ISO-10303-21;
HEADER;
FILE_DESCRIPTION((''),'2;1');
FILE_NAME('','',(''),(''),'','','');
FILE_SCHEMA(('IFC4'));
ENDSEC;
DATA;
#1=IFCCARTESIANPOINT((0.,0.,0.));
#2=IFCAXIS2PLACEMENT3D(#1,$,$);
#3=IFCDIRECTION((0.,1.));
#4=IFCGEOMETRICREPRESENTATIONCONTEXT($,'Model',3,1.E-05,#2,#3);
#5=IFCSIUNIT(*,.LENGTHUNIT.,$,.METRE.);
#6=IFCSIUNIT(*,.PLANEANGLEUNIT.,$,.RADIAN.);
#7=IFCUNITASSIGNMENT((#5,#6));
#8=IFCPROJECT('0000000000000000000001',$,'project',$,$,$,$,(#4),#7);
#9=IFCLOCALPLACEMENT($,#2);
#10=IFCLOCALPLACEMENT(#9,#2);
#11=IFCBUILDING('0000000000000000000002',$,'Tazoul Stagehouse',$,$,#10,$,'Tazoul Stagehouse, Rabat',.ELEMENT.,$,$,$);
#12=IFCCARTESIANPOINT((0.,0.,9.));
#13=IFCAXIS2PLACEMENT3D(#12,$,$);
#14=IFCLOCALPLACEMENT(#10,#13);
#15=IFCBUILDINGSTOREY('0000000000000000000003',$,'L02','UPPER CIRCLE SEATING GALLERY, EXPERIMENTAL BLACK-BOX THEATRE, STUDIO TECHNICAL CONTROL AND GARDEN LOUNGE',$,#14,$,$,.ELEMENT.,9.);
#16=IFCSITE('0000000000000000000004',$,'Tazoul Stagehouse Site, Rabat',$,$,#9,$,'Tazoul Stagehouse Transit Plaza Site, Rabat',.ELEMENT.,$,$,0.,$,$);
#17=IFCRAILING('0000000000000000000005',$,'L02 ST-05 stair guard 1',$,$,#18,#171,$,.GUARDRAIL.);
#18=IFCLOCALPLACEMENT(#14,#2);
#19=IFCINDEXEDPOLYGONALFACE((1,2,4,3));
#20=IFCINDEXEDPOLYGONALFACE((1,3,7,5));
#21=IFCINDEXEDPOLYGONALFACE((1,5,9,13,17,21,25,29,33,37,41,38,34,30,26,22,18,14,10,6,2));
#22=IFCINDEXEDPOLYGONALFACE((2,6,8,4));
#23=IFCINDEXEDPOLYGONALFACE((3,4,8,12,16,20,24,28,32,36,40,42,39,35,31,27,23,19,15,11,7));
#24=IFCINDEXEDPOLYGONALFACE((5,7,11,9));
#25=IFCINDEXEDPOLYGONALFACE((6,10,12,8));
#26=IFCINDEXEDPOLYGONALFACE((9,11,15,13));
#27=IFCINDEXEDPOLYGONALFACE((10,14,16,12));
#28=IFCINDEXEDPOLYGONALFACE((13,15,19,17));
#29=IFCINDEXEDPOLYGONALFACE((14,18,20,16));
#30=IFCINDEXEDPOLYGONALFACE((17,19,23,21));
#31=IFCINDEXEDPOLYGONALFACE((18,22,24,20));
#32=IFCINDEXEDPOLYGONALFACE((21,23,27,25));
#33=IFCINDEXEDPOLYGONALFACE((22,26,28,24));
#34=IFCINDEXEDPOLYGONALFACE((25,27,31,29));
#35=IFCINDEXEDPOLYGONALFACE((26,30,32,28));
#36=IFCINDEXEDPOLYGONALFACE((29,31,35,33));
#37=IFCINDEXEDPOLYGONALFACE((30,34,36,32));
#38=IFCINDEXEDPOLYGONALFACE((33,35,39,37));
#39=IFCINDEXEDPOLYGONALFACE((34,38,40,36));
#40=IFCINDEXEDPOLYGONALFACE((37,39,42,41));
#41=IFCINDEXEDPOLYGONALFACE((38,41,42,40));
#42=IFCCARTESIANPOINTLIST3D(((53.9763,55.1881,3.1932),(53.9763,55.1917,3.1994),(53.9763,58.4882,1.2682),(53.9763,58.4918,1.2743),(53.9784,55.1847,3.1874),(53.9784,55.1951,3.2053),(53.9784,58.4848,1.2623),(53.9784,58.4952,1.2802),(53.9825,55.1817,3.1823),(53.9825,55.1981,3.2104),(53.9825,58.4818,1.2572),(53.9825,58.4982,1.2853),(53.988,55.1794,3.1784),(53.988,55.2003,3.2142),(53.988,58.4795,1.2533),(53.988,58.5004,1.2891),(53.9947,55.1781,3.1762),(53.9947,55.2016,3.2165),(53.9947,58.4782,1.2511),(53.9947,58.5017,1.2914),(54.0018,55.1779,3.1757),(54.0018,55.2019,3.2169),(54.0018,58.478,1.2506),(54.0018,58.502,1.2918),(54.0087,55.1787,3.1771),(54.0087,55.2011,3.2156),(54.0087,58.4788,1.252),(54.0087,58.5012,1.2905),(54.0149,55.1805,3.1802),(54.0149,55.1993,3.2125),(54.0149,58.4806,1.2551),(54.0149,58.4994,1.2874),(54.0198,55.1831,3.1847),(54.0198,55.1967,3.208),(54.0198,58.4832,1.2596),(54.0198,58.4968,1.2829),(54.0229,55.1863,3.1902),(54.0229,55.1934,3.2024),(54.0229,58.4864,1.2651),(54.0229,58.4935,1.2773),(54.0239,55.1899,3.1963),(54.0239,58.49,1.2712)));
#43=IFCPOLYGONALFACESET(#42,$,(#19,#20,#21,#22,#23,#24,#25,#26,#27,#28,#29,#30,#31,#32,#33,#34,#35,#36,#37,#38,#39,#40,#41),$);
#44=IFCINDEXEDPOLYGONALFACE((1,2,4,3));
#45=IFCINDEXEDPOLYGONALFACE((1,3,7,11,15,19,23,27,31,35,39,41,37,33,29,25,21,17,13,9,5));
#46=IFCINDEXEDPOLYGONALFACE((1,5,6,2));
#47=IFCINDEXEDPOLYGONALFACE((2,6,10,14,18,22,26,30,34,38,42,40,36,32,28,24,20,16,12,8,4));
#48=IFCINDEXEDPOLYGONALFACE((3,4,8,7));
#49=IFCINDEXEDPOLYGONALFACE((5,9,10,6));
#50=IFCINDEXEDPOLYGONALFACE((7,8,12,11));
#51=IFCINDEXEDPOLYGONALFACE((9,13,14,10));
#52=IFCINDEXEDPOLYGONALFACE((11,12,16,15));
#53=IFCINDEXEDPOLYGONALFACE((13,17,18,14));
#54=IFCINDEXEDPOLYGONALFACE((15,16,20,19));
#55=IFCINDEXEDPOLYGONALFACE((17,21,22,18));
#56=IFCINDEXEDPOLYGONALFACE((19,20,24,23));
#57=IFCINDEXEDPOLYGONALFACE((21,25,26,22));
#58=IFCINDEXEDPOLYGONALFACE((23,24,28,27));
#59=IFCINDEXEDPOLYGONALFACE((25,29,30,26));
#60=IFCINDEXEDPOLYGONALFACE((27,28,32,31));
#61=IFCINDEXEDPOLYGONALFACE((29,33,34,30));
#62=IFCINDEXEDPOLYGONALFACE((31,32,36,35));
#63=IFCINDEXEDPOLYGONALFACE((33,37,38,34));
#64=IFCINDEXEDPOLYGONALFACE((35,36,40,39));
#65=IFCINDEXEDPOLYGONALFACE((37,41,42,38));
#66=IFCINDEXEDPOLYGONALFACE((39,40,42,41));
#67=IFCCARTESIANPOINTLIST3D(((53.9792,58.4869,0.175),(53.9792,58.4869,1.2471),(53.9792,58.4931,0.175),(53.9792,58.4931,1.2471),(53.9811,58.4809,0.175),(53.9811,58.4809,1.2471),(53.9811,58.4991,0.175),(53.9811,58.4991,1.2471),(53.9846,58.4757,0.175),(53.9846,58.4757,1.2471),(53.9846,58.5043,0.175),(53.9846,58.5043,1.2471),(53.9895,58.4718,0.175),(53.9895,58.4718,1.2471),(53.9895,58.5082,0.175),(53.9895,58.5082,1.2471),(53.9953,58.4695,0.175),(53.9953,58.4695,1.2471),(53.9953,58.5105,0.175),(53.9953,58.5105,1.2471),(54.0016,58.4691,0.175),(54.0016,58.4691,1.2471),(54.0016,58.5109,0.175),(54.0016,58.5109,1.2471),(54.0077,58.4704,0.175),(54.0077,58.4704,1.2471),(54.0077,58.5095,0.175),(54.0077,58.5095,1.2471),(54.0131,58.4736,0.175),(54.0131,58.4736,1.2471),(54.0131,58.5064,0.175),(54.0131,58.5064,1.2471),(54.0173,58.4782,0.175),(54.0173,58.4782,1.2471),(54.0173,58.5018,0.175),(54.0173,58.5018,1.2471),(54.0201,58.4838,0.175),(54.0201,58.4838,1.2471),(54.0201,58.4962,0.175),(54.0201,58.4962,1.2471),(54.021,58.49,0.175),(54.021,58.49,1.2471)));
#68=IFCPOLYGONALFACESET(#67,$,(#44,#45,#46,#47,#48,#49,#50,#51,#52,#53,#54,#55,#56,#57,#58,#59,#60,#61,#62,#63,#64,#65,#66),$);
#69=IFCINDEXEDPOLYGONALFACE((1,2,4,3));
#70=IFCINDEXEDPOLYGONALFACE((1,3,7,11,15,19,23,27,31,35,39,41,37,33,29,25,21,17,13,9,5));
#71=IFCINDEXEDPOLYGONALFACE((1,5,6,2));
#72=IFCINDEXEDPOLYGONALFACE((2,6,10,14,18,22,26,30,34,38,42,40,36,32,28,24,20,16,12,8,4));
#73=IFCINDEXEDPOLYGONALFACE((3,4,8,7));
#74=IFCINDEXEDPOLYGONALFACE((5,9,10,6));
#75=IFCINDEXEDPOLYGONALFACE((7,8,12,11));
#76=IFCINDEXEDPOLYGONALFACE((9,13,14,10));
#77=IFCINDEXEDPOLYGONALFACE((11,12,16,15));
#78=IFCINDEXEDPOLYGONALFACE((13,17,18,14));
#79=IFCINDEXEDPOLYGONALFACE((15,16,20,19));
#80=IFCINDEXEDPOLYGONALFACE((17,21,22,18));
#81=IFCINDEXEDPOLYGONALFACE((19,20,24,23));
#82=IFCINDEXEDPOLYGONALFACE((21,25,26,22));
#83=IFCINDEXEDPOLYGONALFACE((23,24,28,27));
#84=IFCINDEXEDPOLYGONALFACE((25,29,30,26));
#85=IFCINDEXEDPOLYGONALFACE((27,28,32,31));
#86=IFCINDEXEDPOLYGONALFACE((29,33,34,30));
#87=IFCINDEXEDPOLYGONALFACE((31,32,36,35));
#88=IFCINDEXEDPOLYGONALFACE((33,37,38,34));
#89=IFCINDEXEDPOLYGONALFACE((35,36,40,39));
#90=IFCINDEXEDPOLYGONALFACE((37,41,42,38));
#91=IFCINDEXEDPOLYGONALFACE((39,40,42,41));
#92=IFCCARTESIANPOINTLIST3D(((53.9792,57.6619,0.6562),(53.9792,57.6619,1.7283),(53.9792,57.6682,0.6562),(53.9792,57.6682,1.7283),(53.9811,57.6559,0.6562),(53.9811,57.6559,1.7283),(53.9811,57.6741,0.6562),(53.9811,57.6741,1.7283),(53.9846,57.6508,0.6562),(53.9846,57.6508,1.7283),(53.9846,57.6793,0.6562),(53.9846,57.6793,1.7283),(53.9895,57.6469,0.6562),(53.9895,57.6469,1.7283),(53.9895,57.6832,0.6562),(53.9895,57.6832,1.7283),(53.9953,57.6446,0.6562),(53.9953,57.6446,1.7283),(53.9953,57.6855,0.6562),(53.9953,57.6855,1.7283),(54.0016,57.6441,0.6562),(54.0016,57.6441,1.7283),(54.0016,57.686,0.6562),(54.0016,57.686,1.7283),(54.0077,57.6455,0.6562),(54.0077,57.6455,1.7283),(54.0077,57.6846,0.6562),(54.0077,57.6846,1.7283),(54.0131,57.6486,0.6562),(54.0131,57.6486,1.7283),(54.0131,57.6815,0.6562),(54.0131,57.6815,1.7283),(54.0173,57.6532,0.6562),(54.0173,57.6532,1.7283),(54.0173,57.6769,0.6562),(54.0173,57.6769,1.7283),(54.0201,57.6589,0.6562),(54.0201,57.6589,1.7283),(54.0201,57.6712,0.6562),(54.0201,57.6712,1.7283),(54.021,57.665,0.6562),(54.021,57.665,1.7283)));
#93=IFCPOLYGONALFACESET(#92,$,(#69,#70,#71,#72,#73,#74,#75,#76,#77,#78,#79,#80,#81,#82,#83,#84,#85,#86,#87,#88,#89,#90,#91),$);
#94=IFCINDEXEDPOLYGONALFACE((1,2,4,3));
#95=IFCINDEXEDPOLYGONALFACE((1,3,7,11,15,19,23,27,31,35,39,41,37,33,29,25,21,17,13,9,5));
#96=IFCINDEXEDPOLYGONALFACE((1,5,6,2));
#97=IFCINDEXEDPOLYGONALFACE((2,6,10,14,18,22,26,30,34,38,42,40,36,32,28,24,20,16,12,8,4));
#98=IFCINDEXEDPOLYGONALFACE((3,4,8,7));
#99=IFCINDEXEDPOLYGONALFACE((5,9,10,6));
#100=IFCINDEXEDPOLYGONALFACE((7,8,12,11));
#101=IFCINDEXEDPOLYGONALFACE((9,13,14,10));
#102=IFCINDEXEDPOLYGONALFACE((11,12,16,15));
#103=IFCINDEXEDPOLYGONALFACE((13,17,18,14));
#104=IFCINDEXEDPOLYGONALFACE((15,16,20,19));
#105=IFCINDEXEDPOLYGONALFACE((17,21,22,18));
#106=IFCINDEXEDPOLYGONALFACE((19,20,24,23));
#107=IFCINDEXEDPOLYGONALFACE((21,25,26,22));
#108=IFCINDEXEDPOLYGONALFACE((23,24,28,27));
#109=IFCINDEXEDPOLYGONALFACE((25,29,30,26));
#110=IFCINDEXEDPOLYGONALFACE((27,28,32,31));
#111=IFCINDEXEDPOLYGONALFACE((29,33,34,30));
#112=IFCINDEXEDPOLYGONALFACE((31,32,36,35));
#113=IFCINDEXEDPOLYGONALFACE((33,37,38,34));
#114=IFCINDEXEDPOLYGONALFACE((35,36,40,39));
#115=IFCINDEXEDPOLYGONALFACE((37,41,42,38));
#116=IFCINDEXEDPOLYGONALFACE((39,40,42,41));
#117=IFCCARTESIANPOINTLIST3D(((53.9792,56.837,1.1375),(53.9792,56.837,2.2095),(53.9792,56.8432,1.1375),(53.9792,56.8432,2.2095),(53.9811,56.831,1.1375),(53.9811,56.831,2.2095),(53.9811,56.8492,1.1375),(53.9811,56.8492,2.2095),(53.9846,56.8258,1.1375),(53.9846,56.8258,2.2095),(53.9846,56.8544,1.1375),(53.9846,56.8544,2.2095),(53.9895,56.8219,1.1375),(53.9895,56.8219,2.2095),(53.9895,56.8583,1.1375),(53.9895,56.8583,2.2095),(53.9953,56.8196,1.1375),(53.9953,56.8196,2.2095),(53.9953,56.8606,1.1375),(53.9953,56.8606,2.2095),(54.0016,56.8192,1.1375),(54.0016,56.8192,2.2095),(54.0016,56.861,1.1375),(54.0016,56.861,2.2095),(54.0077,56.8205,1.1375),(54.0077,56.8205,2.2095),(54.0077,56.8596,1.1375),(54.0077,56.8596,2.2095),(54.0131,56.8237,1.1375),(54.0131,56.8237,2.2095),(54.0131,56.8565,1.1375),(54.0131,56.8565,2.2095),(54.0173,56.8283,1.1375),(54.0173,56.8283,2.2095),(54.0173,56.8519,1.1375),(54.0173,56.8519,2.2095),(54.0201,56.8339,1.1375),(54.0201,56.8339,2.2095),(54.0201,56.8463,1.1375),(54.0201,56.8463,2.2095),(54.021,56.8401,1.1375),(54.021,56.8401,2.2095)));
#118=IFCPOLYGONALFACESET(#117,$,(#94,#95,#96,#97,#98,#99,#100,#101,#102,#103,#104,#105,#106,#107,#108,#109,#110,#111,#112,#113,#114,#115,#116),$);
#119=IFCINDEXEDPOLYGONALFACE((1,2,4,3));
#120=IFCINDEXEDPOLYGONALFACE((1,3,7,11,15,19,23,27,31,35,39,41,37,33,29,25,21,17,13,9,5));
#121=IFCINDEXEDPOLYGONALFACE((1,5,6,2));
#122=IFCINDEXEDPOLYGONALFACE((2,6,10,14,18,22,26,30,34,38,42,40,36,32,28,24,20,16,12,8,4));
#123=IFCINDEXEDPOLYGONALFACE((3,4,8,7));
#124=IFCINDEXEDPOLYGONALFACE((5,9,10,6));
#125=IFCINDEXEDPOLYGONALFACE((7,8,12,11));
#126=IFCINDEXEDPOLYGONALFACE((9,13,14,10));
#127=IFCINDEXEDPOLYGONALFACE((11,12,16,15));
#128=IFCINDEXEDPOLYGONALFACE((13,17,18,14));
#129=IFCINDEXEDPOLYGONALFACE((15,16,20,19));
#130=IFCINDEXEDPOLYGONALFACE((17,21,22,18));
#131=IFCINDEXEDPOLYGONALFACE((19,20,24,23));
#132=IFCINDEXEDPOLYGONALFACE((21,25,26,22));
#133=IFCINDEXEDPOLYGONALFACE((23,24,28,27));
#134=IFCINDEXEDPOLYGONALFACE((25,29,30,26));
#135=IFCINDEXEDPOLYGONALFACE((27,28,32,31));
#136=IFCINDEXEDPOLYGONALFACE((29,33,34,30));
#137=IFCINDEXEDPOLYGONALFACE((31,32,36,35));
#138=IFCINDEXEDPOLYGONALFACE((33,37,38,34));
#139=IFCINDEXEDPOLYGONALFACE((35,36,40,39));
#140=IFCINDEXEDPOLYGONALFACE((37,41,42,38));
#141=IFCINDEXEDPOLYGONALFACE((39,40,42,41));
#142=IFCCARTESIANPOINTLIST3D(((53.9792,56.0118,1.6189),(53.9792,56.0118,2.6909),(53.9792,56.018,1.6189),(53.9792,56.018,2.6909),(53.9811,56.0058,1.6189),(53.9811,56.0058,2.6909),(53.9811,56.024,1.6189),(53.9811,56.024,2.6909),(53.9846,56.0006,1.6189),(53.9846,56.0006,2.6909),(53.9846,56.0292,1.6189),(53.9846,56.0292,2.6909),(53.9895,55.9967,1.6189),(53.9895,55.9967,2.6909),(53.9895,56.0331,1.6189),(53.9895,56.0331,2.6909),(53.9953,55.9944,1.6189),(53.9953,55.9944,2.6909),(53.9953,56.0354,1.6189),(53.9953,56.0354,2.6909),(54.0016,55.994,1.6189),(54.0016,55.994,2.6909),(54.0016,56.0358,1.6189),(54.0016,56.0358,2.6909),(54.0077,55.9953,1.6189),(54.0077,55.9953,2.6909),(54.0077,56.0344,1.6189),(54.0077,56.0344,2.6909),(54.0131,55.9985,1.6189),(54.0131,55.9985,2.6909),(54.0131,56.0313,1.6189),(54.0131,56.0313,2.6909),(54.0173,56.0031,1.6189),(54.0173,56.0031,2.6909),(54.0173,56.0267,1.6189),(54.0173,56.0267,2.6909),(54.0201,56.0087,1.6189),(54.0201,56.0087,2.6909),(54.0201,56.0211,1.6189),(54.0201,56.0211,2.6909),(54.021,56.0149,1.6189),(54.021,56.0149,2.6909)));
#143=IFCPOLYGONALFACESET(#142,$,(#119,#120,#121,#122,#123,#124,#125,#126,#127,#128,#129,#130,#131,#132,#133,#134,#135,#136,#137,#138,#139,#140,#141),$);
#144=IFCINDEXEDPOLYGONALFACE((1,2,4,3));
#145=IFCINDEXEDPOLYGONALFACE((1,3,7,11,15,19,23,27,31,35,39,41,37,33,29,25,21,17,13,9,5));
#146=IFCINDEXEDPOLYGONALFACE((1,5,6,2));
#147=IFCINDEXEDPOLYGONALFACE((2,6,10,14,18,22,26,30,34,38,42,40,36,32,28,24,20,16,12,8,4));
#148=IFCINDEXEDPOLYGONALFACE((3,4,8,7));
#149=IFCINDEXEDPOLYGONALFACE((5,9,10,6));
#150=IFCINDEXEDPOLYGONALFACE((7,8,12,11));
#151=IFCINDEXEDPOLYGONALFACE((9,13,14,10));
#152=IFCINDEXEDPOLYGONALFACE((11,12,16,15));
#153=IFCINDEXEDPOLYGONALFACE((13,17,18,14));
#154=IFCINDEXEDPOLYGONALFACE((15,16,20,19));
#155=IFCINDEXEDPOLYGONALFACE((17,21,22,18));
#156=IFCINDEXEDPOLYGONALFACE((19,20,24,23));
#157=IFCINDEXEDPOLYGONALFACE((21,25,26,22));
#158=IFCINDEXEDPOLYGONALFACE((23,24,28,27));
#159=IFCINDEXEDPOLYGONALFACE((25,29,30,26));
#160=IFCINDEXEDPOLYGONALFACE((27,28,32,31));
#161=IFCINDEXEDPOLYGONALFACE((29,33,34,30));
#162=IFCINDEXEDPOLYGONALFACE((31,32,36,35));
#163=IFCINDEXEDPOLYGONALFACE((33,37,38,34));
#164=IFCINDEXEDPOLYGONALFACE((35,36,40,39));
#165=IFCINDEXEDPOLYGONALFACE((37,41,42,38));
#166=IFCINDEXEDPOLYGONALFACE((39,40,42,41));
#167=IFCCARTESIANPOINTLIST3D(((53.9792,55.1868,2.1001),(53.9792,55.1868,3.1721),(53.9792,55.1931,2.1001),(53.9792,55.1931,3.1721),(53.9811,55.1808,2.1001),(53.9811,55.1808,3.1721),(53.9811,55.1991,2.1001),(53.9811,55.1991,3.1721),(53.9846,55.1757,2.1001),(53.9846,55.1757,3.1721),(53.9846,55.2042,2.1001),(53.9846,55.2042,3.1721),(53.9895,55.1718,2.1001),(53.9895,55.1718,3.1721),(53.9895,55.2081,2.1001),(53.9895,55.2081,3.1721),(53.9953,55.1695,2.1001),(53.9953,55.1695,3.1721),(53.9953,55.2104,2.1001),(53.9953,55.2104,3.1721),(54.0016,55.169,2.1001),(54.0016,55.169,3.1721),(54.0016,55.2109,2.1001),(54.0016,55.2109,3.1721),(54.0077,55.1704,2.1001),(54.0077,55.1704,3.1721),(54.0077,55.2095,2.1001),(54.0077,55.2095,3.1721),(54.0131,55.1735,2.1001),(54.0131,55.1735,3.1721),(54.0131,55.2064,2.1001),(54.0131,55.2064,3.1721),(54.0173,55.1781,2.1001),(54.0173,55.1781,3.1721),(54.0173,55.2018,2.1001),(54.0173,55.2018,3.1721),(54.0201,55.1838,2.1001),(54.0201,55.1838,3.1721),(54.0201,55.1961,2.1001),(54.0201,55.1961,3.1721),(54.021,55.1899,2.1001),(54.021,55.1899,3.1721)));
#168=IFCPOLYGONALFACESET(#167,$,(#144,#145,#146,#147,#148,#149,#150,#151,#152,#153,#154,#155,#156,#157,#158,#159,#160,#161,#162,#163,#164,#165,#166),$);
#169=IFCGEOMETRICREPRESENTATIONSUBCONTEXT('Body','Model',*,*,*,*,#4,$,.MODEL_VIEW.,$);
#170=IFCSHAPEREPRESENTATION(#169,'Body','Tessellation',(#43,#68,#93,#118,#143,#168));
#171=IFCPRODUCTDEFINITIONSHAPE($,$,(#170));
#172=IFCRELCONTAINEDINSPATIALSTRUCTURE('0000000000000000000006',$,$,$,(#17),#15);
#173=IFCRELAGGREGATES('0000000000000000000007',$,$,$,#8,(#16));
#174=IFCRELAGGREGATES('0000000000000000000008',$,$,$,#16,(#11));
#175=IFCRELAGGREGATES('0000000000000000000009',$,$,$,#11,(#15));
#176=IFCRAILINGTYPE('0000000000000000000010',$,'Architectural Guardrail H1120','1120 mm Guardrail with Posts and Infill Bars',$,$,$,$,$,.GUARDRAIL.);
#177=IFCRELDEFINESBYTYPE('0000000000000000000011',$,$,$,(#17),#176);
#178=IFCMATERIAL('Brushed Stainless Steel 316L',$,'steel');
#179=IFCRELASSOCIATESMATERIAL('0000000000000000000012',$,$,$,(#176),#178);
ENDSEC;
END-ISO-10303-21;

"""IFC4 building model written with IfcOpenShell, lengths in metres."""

from ifc_helpers import new_model, si_unit, direction, frame, origin, origin_2d, place, context, subcontext, project, spatial, circle, extrude, material, material_profile, profile_set, type_object, element, save


model = new_model("IFC4")

# Units and contexts
model_context = context("Model", 3, precision=1e-05, world=origin(), true_north=direction((0.0, 1.0)))
body_context = subcontext(model_context, "Body", "Model", "MODEL_VIEW")
ifc_project = project(units=[si_unit("LENGTHUNIT", "METRE"), si_unit("PLANEANGLEUNIT", "RADIAN")], contexts=[model_context])

# Site, building, storey
site_placement = place(None, origin())
site = spatial("IfcSite", under=ifc_project, at=site_placement, Name="Tazoul Stagehouse Site, Rabat", LongName="Tazoul Stagehouse Transit Plaza Site, Rabat", CompositionType="ELEMENT", RefElevation=0.0)
building_placement = place(site_placement, origin())
building = spatial("IfcBuilding", under=site, at=building_placement, Name="Tazoul Stagehouse", LongName="Tazoul Stagehouse, Rabat", CompositionType="ELEMENT")
storey_placement = place(building_placement, frame((0.0, 0.0, 9.0)))
storey = spatial("IfcBuildingStorey", under=building, at=storey_placement, Name="L02", Description="UPPER CIRCLE SEATING GALLERY, EXPERIMENTAL BLACK-BOX THEATRE, STUDIO TECHNICAL CONTROL AND GARDEN LOUNGE", CompositionType="ELEMENT", Elevation=9.0)

# Railing
ifc_material_1 = material(Name="Brushed Stainless Steel 316L", Category="steel")
ifc_material_profile_1 = material_profile(ifc_material_1, circle(Radius=0.0239, at=origin_2d()), Name="SS RAIL D48")
ifc_profile_set_1 = profile_set([ifc_material_profile_1], Name="Brushed Stainless Steel 316L")
railing_type_1 = type_object("IfcRailingType", Name="Architectural Guardrail H1120", Description="1120 mm Guardrail with Posts and Infill Bars", PredefinedType="GUARDRAIL", material=ifc_profile_set_1)
railing_1_placement = place(storey_placement, frame((54.0, 58.49, 0.175)))
element("IfcRailing", 1, at=railing_1_placement, inside=storey, type_object=railing_type_1, Name="L02 ST-05 stair guard 1", PredefinedType="GUARDRAIL", context=body_context, shape_type="SweptSolid", body=[
    extrude(circle(Radius=0.0239, at=origin_2d()), frame((0.0, 0.0, 1.0962), z_axis=(0.0, -0.863777, 0.503875), x_axis=(1.0, 0.0, 0.0)), (0.0, 0.0, 1.0), 3.8206),
    extrude(circle(Radius=0.021, at=origin_2d()), origin(), (0.0, 0.0, 1.0), 1.072),
    extrude(circle(Radius=0.021, at=origin_2d()), frame((0.0, -0.825, 0.4812)), (0.0, 0.0, 1.0), 1.072),
    extrude(circle(Radius=0.021, at=origin_2d()), frame((0.0, -1.6499, 0.9624)), (0.0, 0.0, 1.0), 1.072),
    extrude(circle(Radius=0.021, at=origin_2d()), frame((0.0, -2.4751, 1.4438)), (0.0, 0.0, 1.0), 1.072),
    extrude(circle(Radius=0.021, at=origin_2d()), frame((0.0, -3.3, 1.925)), (0.0, 0.0, 1.0), 1.072),
])

save(model, "model.ifc")
